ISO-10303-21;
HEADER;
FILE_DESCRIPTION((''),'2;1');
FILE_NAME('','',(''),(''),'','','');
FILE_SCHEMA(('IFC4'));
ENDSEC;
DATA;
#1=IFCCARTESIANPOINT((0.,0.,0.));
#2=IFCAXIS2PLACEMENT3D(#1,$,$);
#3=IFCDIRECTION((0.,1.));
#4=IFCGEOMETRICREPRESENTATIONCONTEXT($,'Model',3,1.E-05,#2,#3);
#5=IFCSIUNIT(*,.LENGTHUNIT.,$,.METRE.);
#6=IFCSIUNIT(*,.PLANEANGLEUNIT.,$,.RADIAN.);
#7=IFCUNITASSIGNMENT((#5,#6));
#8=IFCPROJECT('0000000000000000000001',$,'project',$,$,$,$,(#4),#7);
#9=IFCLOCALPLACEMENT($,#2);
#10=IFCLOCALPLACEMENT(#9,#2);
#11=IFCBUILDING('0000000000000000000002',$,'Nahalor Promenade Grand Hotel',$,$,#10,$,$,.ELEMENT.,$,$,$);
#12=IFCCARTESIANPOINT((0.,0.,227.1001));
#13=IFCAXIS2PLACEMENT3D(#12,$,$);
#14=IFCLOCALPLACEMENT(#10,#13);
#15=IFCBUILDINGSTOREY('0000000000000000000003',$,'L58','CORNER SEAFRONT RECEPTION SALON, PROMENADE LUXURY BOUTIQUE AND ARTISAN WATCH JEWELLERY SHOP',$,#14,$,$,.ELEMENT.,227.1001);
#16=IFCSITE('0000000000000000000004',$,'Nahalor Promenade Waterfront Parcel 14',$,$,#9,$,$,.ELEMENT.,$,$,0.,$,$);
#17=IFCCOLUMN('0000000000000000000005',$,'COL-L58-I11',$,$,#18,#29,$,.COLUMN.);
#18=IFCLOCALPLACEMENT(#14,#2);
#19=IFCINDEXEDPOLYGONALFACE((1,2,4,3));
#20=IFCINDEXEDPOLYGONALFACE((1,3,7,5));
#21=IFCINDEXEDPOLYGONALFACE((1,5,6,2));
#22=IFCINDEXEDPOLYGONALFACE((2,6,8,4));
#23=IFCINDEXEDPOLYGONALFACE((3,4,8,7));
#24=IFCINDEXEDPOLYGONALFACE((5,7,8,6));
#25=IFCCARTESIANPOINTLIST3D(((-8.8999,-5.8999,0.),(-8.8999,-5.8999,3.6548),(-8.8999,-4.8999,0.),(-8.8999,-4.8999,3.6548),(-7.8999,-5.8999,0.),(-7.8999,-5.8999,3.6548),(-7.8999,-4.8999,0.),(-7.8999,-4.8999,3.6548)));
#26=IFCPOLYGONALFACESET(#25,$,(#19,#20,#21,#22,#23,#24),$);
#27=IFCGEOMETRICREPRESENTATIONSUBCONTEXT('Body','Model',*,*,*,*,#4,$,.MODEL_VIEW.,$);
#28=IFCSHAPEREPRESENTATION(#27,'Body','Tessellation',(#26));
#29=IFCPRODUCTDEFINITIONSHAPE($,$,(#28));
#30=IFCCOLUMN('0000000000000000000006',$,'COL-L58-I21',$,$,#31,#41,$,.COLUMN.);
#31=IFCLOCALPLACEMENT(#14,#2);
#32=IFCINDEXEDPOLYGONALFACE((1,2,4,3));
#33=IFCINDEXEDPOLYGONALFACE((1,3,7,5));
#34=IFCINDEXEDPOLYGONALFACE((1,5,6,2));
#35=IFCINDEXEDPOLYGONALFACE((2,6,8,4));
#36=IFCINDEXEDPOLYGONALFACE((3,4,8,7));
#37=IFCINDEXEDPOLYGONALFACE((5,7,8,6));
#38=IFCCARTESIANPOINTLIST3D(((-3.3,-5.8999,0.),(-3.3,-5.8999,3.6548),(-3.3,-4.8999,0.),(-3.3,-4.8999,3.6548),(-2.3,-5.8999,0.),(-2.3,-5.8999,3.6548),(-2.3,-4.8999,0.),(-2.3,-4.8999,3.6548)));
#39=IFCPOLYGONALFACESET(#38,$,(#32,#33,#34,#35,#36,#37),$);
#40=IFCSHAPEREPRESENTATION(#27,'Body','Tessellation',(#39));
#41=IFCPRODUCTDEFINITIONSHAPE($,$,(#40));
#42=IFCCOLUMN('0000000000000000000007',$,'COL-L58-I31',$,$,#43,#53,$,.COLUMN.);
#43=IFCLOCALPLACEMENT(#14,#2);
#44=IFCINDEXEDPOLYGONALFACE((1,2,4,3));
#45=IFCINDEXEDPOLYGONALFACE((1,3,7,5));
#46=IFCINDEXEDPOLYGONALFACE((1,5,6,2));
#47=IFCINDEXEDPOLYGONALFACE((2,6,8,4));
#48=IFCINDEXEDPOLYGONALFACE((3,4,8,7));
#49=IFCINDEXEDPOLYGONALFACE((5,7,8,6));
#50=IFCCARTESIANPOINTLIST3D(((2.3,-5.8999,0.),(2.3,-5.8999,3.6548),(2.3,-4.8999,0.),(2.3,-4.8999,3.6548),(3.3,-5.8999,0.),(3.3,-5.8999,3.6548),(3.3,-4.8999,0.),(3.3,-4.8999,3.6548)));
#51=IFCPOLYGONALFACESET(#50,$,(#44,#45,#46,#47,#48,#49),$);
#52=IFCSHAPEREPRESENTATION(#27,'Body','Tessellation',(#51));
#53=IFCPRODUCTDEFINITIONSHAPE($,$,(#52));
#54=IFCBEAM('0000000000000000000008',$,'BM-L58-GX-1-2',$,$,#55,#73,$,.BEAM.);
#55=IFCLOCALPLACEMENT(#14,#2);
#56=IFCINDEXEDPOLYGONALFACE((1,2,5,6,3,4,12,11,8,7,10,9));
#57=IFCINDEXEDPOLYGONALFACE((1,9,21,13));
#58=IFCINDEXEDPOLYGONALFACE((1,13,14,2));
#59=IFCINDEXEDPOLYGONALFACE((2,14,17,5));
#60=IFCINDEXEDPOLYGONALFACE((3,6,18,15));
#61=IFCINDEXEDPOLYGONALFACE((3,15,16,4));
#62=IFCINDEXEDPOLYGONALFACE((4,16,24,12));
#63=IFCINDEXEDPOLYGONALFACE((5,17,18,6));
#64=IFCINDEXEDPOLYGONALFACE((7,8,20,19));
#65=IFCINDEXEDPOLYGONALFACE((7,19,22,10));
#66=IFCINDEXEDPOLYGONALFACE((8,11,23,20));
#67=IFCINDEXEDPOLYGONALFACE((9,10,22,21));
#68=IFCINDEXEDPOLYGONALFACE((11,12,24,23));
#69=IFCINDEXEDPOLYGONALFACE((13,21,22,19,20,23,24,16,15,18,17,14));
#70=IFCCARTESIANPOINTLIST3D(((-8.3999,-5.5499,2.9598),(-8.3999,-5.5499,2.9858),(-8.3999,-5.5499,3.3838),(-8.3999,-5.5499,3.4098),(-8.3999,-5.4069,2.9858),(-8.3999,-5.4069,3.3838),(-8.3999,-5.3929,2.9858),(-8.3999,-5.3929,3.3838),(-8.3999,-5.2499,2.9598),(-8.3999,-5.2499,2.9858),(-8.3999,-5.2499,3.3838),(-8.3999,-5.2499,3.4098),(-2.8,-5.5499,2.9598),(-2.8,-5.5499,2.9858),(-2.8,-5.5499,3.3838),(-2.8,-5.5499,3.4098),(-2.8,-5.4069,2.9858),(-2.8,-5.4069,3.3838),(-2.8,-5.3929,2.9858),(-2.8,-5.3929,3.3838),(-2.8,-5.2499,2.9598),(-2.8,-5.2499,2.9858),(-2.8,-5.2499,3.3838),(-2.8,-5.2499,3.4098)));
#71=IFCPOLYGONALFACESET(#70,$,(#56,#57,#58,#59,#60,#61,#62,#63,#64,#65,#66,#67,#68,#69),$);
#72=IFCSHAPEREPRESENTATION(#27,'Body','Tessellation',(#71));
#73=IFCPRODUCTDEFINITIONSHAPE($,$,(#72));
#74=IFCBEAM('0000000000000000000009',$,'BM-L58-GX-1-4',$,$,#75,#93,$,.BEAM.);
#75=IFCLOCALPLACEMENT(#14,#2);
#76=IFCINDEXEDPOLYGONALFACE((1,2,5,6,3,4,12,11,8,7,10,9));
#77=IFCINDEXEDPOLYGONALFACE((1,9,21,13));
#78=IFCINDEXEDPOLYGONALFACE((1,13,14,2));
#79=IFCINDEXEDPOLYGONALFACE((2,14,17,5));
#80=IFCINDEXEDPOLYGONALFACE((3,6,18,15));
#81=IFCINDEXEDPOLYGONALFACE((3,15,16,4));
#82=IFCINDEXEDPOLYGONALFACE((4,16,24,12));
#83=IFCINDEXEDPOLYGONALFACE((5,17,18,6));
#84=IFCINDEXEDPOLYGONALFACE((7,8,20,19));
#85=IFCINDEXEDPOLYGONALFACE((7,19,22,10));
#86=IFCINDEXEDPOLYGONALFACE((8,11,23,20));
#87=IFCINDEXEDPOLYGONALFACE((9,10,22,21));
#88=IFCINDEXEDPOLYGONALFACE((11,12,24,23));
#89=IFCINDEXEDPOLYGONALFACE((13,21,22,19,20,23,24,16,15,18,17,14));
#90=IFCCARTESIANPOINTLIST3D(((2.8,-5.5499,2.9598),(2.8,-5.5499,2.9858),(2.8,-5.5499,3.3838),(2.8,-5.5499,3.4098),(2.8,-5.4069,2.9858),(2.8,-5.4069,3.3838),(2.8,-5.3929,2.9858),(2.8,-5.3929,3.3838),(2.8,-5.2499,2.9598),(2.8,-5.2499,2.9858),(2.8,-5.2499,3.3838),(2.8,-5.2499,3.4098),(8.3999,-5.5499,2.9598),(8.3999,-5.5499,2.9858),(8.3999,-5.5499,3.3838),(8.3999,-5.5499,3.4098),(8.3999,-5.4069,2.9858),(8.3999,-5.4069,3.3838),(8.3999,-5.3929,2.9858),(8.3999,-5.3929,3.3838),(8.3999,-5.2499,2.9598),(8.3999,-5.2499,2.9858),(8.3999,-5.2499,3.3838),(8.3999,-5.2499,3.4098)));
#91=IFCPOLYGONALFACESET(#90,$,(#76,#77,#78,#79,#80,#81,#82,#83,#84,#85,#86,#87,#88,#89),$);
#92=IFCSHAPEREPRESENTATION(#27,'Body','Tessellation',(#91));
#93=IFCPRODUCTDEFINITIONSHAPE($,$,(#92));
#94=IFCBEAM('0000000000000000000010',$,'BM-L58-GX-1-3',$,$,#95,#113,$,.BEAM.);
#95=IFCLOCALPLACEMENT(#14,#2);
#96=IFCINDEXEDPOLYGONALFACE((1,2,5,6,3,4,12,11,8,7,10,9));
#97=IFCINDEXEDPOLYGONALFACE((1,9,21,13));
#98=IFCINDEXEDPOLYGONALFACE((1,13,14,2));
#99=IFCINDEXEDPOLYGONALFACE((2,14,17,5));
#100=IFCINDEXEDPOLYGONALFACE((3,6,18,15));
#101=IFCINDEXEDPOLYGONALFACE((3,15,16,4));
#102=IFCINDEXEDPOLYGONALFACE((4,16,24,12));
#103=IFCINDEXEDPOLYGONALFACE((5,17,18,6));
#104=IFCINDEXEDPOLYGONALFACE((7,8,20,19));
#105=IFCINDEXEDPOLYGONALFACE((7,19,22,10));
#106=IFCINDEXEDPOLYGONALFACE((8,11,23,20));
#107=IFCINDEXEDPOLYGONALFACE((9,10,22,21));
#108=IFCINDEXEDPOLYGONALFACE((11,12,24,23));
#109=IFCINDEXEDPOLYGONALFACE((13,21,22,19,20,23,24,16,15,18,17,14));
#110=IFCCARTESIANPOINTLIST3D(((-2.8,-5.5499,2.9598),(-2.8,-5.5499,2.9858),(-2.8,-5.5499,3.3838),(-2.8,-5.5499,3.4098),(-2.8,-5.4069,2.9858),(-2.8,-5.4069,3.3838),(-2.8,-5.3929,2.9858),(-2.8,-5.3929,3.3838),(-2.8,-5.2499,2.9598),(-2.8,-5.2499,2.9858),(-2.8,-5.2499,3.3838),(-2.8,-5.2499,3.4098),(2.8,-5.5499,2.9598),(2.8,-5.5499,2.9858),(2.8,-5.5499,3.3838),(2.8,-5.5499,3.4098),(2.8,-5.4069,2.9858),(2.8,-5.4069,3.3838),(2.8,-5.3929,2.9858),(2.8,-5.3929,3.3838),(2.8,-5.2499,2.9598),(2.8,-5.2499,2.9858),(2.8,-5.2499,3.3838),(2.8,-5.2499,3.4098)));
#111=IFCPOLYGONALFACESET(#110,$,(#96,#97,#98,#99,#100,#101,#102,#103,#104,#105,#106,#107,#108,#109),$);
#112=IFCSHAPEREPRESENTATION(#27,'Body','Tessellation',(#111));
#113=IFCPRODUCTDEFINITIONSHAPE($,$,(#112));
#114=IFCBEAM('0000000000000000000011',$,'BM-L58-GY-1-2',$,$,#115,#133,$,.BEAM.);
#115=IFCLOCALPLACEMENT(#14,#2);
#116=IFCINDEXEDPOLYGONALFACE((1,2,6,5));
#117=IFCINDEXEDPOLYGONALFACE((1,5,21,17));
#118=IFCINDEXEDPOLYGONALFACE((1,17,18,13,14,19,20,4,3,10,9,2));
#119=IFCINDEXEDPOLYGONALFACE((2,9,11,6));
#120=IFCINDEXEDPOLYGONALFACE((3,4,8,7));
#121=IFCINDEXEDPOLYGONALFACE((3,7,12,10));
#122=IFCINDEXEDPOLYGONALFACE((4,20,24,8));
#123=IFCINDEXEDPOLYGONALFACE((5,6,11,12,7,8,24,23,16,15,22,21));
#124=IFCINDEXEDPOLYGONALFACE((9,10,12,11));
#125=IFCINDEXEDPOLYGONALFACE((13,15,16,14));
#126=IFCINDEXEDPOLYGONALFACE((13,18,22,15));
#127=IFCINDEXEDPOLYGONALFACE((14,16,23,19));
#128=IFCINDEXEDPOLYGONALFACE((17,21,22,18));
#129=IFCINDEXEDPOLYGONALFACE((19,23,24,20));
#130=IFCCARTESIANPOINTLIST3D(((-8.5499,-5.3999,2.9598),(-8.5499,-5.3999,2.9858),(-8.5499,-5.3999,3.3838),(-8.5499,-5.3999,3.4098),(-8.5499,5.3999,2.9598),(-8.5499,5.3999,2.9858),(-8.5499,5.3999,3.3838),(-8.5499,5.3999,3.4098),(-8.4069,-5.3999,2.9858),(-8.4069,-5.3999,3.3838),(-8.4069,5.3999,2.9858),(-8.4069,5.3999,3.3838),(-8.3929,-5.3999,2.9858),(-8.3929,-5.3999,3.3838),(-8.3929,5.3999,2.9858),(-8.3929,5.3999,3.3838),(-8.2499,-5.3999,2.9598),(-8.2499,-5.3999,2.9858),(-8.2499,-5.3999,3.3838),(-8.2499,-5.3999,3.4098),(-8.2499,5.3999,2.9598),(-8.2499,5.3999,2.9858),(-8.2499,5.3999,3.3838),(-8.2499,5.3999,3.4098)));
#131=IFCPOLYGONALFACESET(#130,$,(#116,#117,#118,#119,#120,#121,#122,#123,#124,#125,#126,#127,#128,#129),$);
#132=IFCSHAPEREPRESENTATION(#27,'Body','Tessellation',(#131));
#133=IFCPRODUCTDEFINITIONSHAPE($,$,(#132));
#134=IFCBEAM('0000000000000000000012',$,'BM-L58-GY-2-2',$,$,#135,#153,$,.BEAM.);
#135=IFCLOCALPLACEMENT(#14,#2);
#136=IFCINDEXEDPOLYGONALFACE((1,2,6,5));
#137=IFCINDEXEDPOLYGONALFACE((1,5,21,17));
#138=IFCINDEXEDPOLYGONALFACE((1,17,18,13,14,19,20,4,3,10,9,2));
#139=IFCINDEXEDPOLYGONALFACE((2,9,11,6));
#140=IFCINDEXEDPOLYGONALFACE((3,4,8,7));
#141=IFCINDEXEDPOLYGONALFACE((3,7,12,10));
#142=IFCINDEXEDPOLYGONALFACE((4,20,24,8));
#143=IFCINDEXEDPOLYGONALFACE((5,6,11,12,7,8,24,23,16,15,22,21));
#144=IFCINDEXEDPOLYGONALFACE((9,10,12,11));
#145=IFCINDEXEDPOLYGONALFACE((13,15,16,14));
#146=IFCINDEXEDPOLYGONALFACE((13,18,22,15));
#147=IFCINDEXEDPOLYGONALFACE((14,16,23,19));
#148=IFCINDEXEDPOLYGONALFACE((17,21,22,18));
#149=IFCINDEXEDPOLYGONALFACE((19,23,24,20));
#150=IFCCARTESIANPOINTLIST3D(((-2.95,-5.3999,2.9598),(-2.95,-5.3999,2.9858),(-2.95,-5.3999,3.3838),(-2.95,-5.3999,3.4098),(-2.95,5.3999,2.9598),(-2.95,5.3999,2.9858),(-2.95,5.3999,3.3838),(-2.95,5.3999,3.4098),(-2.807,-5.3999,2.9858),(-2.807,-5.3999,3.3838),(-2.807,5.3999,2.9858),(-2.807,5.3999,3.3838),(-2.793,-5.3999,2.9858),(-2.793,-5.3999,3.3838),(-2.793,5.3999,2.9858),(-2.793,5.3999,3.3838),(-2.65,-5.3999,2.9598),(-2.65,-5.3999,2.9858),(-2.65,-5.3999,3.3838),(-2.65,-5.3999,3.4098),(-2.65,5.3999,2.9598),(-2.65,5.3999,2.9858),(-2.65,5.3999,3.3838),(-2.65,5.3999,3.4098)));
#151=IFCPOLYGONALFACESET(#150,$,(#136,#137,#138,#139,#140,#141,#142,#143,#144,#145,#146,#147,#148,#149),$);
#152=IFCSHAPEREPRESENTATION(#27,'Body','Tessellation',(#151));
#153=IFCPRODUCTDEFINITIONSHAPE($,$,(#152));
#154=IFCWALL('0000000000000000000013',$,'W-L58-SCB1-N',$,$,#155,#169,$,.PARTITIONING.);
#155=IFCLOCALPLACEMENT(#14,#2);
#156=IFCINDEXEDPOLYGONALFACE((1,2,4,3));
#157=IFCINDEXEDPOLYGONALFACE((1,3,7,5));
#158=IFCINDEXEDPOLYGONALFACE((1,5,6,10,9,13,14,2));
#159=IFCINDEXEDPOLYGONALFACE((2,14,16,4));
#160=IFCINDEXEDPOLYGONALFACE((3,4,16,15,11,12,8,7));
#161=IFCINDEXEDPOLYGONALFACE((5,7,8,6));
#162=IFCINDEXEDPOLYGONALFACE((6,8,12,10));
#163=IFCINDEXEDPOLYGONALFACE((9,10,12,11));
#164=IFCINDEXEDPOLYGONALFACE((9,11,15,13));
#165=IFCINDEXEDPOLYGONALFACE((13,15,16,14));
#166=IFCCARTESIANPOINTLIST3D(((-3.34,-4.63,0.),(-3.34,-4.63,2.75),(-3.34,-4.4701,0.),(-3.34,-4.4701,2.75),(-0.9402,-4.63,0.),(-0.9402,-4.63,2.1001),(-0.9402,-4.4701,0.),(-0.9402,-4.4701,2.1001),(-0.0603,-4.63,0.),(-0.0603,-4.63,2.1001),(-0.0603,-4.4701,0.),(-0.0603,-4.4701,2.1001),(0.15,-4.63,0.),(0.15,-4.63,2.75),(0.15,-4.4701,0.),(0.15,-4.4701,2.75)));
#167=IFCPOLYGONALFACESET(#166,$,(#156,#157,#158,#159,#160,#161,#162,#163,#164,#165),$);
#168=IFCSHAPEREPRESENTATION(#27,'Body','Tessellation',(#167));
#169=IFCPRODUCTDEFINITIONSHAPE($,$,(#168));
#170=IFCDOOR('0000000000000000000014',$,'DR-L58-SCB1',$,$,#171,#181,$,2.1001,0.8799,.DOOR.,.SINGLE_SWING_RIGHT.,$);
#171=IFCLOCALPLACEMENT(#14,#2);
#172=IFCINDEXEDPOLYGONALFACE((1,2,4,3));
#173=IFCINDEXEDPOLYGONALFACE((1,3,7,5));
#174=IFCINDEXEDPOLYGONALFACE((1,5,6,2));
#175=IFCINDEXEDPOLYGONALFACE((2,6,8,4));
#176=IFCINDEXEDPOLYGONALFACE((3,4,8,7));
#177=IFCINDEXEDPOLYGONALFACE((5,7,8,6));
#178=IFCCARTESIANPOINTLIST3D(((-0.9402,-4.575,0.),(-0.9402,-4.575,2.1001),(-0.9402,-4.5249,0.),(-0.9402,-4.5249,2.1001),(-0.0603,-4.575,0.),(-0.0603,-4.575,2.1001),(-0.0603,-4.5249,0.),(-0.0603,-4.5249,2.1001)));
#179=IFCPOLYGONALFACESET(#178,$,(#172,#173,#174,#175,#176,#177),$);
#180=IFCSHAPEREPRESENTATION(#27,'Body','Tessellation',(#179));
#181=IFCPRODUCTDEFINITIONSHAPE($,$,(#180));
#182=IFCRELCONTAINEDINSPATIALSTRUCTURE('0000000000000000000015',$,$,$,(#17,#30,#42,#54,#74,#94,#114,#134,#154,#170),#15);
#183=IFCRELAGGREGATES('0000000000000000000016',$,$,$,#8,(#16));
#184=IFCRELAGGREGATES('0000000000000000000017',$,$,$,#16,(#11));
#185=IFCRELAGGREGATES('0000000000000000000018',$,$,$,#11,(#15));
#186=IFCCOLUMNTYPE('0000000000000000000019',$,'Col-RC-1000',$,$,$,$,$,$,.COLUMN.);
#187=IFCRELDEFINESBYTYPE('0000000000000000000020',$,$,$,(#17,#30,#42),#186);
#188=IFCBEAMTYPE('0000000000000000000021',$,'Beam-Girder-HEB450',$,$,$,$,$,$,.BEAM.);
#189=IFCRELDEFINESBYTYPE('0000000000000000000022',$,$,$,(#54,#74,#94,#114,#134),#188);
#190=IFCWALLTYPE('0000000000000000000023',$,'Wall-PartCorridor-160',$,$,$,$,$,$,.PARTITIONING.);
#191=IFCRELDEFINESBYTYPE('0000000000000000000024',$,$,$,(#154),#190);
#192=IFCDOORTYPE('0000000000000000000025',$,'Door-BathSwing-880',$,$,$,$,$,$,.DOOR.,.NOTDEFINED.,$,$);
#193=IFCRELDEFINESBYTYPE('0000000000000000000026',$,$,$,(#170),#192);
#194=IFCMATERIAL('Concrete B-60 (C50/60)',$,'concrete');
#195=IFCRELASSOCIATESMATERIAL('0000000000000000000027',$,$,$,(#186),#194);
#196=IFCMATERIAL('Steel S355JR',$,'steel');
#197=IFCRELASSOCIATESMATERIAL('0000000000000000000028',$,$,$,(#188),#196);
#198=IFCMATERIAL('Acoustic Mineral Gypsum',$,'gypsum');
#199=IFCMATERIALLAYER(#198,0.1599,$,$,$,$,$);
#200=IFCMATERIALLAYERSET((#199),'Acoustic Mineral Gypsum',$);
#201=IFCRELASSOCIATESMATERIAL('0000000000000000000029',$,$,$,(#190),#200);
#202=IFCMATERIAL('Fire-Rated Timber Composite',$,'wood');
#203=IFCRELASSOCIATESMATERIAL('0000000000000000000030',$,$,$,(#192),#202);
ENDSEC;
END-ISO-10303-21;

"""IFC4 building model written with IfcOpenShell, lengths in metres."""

from ifc_helpers import new_model, si_unit, direction, frame, frame_2d, origin, origin_2d, place, context, subcontext, project, spatial, rectangle, i_section, extrude, source, transform, mapped, material, layer, layer_set, material_profile, profile_set, type_object, element, fill, save


model = new_model("IFC4")

# Units and contexts
model_context = context("Model", 3, precision=1e-05, world=origin(), true_north=direction((0.0, 1.0)))
body_context = subcontext(model_context, "Body", "Model", "MODEL_VIEW")
ifc_project = project(units=[si_unit("LENGTHUNIT", "METRE"), si_unit("PLANEANGLEUNIT", "RADIAN")], contexts=[model_context])

# Site, building, storey
site_placement = place(None, origin())
site = spatial("IfcSite", under=ifc_project, at=site_placement, Name="Nahalor Promenade Waterfront Parcel 14", CompositionType="ELEMENT", RefElevation=0.0)
building_placement = place(site_placement, origin())
building = spatial("IfcBuilding", under=site, at=building_placement, Name="Nahalor Promenade Grand Hotel", CompositionType="ELEMENT")
storey_placement = place(building_placement, frame((0.0, 0.0, 227.1001)))
storey = spatial("IfcBuildingStorey", under=building, at=storey_placement, Name="L58", Description="CORNER SEAFRONT RECEPTION SALON, PROMENADE LUXURY BOUTIQUE AND ARTISAN WATCH JEWELLERY SHOP", CompositionType="ELEMENT", Elevation=227.1001)

# Columns
ifc_material_1 = material(Name="Concrete B-60 (C50/60)", Category="concrete")
ifc_material_profile_1 = material_profile(ifc_material_1, rectangle(XDim=1.0, YDim=1.0, at=origin_2d()), Name="RC 1000x1000")
ifc_profile_set_1 = profile_set([ifc_material_profile_1], Name="Concrete B-60 (C50/60)")
column_type = type_object("IfcColumnType", Name="Col-RC-1000", PredefinedType="COLUMN", material=ifc_profile_set_1)
shared_shape_1 = source(origin(), body_context, "Body", "SweptSolid", [
    extrude(rectangle(XDim=1.0, YDim=1.0, at=origin_2d()), origin(), (0.0, 0.0, 1.0), 3.6548),
])
for number, where, z_axis, x_axis, name in (
    (1, (-8.3999, -5.3999, 0.0), (0.0, 0.0, 1.0), (1.0, 0.0, 0.0), "COL-L58-I11"),
    (2, (-2.8, -5.3999, 0.0), (0.0, 0.0, 1.0), (1.0, 0.0, 0.0), "COL-L58-I21"),
    (3, (2.8, -5.3999, 0.0), (0.0, 0.0, 1.0), (1.0, 0.0, 0.0), "COL-L58-I31"),
):
    element("IfcColumn", number, at=place(storey_placement, frame(where, z_axis=z_axis, x_axis=x_axis)), inside=storey, type_object=column_type, Name=name, PredefinedType="COLUMN", context=body_context, shape_type="MappedRepresentation", body=[
        mapped(shared_shape_1, transform((0.0, 0.0, 0.0), scale=1.0)),
    ])

# Beams
ifc_material_2 = material(Name="Steel S355JR", Category="steel")
ifc_material_profile_2 = material_profile(ifc_material_2, i_section(OverallWidth=0.3, OverallDepth=0.45, WebThickness=0.014, FlangeThickness=0.026, at=origin_2d()), Name="HEB 450")
ifc_profile_set_2 = profile_set([ifc_material_profile_2], Name="Steel S355JR")
beam_type = type_object("IfcBeamType", Name="Beam-Girder-HEB450", PredefinedType="BEAM", material=ifc_profile_set_2)
shared_shape_2 = source(origin(), body_context, "Body", "SweptSolid", [
    extrude(i_section(OverallWidth=0.3, OverallDepth=0.45, WebThickness=0.014, FlangeThickness=0.026, at=origin_2d()), origin(), (0.0, 0.0, 1.0), 5.5999),
])
for number, where, z_axis, x_axis, name in (
    (4, (-8.3999, -5.3999, 3.1848), (1.0, 0.0, 0.0), (0.0, 1.0, 0.0), "BM-L58-GX-1-2"),
    (5, (2.8, -5.3999, 3.1848), (1.0, 0.0, 0.0), (0.0, 1.0, 0.0), "BM-L58-GX-1-4"),
):
    element("IfcBeam", number, at=place(storey_placement, frame(where, z_axis=z_axis, x_axis=x_axis)), inside=storey, type_object=beam_type, Name=name, PredefinedType="BEAM", context=body_context, shape_type="MappedRepresentation", body=[
        mapped(shared_shape_2, transform((0.0, 0.0, 0.0), scale=1.0)),
    ])
shared_shape_3 = source(origin(), body_context, "Body", "SweptSolid", [
    extrude(i_section(OverallWidth=0.3, OverallDepth=0.45, WebThickness=0.014, FlangeThickness=0.026, at=origin_2d()), origin(), (0.0, 0.0, 1.0), 5.6001),
])
beam_placement = place(storey_placement, frame((-2.8, -5.3999, 3.1848), z_axis=(1.0, 0.0, 0.0), x_axis=(0.0, 1.0, 0.0)))
element("IfcBeam", 6, at=beam_placement, inside=storey, type_object=beam_type, Name="BM-L58-GX-1-3", PredefinedType="BEAM", context=body_context, shape_type="MappedRepresentation", body=[
    mapped(shared_shape_3, transform((0.0, 0.0, 0.0), scale=1.0)),
])
shared_shape_4 = source(origin(), body_context, "Body", "SweptSolid", [
    extrude(i_section(OverallWidth=0.3, OverallDepth=0.45, WebThickness=0.014, FlangeThickness=0.026, at=origin_2d()), origin(), (0.0, 0.0, 1.0), 10.7998),
])
for number, where, z_axis, x_axis, name in (
    (7, (-8.3999, -5.3999, 3.1848), (0.0, 1.0, 0.0), (-1.0, 0.0, 0.0), "BM-L58-GY-1-2"),
    (8, (-2.8, -5.3999, 3.1848), (0.0, 1.0, 0.0), (-1.0, 0.0, 0.0), "BM-L58-GY-2-2"),
):
    element("IfcBeam", number, at=place(storey_placement, frame(where, z_axis=z_axis, x_axis=x_axis)), inside=storey, type_object=beam_type, Name=name, PredefinedType="BEAM", context=body_context, shape_type="MappedRepresentation", body=[
        mapped(shared_shape_4, transform((0.0, 0.0, 0.0), scale=1.0)),
    ])

# Wall, opening, door
ifc_material_3 = material(Name="Acoustic Mineral Gypsum", Category="gypsum")
ifc_layer_1 = layer(ifc_material_3, 0.1599)
ifc_layer_set_1 = layer_set([ifc_layer_1], Name="Acoustic Mineral Gypsum")
wall_type_1 = type_object("IfcWallType", Name="Wall-PartCorridor-160", PredefinedType="PARTITIONING", material=ifc_layer_set_1)
shared_shape_5 = source(origin(), body_context, "Body", "SweptSolid", [
    extrude(rectangle(XDim=3.49, YDim=0.1599, at=frame_2d((1.7451, 0.0))), origin(), (0.0, 0.0, 1.0), 2.75),
])
wall_1_placement = place(storey_placement, frame((-3.3401, -4.55, 0.0), z_axis=(0.0, 0.0, 1.0), x_axis=(1.0, 0.0, 0.0)))
wall_1 = element("IfcWall", 9, at=wall_1_placement, inside=storey, type_object=wall_type_1, Name="W-L58-SCB1-N", PredefinedType="PARTITIONING", context=body_context, shape_type="MappedRepresentation", body=[
    mapped(shared_shape_5, transform((0.0, 0.0, 0.0), scale=1.0)),
])
opening_1_placement = place(wall_1_placement, frame((2.3999, 0.0, 0.0)))
opening_1 = element("IfcOpeningElement", 10, at=opening_1_placement, cuts=wall_1, PredefinedType="OPENING", context=body_context, shape_type="SweptSolid", body=[
    extrude(rectangle(XDim=0.8799, YDim=2.1001, at=frame_2d((0.4399, 1.05))), frame((0.0, 0.0898, 0.0), z_axis=(0.0, -1.0, 0.0), x_axis=(1.0, 0.0, 0.0)), (0.0, 0.0, 1.0), 0.1799),
])
ifc_material_4 = material(Name="Fire-Rated Timber Composite", Category="wood")
door_type_1 = type_object("IfcDoorType", Name="Door-BathSwing-880", OperationType="NOTDEFINED", PredefinedType="DOOR", material=ifc_material_4)
shared_shape_6 = source(origin(), body_context, "Body", "SweptSolid", [
    extrude(rectangle(XDim=0.8799, YDim=2.1001, at=frame_2d((0.4399, 1.05))), frame((0.0, 0.0249, 0.0), z_axis=(0.0, -1.0, 0.0), x_axis=(1.0, 0.0, 0.0)), (0.0, 0.0, 1.0), 0.05),
])
door_1_placement = place(opening_1_placement, frame((0.8799, 0.0, 0.0), z_axis=(0.0, 0.0, 1.0), x_axis=(-1.0, 0.0, 0.0)))
door_1 = element("IfcDoor", 11, at=door_1_placement, inside=storey, type_object=door_type_1, Name="DR-L58-SCB1", OperationType="SINGLE_SWING_RIGHT", OverallHeight=2.1001, OverallWidth=0.8799, PredefinedType="DOOR", context=body_context, shape_type="MappedRepresentation", body=[
    mapped(shared_shape_6, transform((0.0, 0.0, 0.0), scale=1.0)),
])
fill(opening_1, door_1)

save(model, "model.ifc")
